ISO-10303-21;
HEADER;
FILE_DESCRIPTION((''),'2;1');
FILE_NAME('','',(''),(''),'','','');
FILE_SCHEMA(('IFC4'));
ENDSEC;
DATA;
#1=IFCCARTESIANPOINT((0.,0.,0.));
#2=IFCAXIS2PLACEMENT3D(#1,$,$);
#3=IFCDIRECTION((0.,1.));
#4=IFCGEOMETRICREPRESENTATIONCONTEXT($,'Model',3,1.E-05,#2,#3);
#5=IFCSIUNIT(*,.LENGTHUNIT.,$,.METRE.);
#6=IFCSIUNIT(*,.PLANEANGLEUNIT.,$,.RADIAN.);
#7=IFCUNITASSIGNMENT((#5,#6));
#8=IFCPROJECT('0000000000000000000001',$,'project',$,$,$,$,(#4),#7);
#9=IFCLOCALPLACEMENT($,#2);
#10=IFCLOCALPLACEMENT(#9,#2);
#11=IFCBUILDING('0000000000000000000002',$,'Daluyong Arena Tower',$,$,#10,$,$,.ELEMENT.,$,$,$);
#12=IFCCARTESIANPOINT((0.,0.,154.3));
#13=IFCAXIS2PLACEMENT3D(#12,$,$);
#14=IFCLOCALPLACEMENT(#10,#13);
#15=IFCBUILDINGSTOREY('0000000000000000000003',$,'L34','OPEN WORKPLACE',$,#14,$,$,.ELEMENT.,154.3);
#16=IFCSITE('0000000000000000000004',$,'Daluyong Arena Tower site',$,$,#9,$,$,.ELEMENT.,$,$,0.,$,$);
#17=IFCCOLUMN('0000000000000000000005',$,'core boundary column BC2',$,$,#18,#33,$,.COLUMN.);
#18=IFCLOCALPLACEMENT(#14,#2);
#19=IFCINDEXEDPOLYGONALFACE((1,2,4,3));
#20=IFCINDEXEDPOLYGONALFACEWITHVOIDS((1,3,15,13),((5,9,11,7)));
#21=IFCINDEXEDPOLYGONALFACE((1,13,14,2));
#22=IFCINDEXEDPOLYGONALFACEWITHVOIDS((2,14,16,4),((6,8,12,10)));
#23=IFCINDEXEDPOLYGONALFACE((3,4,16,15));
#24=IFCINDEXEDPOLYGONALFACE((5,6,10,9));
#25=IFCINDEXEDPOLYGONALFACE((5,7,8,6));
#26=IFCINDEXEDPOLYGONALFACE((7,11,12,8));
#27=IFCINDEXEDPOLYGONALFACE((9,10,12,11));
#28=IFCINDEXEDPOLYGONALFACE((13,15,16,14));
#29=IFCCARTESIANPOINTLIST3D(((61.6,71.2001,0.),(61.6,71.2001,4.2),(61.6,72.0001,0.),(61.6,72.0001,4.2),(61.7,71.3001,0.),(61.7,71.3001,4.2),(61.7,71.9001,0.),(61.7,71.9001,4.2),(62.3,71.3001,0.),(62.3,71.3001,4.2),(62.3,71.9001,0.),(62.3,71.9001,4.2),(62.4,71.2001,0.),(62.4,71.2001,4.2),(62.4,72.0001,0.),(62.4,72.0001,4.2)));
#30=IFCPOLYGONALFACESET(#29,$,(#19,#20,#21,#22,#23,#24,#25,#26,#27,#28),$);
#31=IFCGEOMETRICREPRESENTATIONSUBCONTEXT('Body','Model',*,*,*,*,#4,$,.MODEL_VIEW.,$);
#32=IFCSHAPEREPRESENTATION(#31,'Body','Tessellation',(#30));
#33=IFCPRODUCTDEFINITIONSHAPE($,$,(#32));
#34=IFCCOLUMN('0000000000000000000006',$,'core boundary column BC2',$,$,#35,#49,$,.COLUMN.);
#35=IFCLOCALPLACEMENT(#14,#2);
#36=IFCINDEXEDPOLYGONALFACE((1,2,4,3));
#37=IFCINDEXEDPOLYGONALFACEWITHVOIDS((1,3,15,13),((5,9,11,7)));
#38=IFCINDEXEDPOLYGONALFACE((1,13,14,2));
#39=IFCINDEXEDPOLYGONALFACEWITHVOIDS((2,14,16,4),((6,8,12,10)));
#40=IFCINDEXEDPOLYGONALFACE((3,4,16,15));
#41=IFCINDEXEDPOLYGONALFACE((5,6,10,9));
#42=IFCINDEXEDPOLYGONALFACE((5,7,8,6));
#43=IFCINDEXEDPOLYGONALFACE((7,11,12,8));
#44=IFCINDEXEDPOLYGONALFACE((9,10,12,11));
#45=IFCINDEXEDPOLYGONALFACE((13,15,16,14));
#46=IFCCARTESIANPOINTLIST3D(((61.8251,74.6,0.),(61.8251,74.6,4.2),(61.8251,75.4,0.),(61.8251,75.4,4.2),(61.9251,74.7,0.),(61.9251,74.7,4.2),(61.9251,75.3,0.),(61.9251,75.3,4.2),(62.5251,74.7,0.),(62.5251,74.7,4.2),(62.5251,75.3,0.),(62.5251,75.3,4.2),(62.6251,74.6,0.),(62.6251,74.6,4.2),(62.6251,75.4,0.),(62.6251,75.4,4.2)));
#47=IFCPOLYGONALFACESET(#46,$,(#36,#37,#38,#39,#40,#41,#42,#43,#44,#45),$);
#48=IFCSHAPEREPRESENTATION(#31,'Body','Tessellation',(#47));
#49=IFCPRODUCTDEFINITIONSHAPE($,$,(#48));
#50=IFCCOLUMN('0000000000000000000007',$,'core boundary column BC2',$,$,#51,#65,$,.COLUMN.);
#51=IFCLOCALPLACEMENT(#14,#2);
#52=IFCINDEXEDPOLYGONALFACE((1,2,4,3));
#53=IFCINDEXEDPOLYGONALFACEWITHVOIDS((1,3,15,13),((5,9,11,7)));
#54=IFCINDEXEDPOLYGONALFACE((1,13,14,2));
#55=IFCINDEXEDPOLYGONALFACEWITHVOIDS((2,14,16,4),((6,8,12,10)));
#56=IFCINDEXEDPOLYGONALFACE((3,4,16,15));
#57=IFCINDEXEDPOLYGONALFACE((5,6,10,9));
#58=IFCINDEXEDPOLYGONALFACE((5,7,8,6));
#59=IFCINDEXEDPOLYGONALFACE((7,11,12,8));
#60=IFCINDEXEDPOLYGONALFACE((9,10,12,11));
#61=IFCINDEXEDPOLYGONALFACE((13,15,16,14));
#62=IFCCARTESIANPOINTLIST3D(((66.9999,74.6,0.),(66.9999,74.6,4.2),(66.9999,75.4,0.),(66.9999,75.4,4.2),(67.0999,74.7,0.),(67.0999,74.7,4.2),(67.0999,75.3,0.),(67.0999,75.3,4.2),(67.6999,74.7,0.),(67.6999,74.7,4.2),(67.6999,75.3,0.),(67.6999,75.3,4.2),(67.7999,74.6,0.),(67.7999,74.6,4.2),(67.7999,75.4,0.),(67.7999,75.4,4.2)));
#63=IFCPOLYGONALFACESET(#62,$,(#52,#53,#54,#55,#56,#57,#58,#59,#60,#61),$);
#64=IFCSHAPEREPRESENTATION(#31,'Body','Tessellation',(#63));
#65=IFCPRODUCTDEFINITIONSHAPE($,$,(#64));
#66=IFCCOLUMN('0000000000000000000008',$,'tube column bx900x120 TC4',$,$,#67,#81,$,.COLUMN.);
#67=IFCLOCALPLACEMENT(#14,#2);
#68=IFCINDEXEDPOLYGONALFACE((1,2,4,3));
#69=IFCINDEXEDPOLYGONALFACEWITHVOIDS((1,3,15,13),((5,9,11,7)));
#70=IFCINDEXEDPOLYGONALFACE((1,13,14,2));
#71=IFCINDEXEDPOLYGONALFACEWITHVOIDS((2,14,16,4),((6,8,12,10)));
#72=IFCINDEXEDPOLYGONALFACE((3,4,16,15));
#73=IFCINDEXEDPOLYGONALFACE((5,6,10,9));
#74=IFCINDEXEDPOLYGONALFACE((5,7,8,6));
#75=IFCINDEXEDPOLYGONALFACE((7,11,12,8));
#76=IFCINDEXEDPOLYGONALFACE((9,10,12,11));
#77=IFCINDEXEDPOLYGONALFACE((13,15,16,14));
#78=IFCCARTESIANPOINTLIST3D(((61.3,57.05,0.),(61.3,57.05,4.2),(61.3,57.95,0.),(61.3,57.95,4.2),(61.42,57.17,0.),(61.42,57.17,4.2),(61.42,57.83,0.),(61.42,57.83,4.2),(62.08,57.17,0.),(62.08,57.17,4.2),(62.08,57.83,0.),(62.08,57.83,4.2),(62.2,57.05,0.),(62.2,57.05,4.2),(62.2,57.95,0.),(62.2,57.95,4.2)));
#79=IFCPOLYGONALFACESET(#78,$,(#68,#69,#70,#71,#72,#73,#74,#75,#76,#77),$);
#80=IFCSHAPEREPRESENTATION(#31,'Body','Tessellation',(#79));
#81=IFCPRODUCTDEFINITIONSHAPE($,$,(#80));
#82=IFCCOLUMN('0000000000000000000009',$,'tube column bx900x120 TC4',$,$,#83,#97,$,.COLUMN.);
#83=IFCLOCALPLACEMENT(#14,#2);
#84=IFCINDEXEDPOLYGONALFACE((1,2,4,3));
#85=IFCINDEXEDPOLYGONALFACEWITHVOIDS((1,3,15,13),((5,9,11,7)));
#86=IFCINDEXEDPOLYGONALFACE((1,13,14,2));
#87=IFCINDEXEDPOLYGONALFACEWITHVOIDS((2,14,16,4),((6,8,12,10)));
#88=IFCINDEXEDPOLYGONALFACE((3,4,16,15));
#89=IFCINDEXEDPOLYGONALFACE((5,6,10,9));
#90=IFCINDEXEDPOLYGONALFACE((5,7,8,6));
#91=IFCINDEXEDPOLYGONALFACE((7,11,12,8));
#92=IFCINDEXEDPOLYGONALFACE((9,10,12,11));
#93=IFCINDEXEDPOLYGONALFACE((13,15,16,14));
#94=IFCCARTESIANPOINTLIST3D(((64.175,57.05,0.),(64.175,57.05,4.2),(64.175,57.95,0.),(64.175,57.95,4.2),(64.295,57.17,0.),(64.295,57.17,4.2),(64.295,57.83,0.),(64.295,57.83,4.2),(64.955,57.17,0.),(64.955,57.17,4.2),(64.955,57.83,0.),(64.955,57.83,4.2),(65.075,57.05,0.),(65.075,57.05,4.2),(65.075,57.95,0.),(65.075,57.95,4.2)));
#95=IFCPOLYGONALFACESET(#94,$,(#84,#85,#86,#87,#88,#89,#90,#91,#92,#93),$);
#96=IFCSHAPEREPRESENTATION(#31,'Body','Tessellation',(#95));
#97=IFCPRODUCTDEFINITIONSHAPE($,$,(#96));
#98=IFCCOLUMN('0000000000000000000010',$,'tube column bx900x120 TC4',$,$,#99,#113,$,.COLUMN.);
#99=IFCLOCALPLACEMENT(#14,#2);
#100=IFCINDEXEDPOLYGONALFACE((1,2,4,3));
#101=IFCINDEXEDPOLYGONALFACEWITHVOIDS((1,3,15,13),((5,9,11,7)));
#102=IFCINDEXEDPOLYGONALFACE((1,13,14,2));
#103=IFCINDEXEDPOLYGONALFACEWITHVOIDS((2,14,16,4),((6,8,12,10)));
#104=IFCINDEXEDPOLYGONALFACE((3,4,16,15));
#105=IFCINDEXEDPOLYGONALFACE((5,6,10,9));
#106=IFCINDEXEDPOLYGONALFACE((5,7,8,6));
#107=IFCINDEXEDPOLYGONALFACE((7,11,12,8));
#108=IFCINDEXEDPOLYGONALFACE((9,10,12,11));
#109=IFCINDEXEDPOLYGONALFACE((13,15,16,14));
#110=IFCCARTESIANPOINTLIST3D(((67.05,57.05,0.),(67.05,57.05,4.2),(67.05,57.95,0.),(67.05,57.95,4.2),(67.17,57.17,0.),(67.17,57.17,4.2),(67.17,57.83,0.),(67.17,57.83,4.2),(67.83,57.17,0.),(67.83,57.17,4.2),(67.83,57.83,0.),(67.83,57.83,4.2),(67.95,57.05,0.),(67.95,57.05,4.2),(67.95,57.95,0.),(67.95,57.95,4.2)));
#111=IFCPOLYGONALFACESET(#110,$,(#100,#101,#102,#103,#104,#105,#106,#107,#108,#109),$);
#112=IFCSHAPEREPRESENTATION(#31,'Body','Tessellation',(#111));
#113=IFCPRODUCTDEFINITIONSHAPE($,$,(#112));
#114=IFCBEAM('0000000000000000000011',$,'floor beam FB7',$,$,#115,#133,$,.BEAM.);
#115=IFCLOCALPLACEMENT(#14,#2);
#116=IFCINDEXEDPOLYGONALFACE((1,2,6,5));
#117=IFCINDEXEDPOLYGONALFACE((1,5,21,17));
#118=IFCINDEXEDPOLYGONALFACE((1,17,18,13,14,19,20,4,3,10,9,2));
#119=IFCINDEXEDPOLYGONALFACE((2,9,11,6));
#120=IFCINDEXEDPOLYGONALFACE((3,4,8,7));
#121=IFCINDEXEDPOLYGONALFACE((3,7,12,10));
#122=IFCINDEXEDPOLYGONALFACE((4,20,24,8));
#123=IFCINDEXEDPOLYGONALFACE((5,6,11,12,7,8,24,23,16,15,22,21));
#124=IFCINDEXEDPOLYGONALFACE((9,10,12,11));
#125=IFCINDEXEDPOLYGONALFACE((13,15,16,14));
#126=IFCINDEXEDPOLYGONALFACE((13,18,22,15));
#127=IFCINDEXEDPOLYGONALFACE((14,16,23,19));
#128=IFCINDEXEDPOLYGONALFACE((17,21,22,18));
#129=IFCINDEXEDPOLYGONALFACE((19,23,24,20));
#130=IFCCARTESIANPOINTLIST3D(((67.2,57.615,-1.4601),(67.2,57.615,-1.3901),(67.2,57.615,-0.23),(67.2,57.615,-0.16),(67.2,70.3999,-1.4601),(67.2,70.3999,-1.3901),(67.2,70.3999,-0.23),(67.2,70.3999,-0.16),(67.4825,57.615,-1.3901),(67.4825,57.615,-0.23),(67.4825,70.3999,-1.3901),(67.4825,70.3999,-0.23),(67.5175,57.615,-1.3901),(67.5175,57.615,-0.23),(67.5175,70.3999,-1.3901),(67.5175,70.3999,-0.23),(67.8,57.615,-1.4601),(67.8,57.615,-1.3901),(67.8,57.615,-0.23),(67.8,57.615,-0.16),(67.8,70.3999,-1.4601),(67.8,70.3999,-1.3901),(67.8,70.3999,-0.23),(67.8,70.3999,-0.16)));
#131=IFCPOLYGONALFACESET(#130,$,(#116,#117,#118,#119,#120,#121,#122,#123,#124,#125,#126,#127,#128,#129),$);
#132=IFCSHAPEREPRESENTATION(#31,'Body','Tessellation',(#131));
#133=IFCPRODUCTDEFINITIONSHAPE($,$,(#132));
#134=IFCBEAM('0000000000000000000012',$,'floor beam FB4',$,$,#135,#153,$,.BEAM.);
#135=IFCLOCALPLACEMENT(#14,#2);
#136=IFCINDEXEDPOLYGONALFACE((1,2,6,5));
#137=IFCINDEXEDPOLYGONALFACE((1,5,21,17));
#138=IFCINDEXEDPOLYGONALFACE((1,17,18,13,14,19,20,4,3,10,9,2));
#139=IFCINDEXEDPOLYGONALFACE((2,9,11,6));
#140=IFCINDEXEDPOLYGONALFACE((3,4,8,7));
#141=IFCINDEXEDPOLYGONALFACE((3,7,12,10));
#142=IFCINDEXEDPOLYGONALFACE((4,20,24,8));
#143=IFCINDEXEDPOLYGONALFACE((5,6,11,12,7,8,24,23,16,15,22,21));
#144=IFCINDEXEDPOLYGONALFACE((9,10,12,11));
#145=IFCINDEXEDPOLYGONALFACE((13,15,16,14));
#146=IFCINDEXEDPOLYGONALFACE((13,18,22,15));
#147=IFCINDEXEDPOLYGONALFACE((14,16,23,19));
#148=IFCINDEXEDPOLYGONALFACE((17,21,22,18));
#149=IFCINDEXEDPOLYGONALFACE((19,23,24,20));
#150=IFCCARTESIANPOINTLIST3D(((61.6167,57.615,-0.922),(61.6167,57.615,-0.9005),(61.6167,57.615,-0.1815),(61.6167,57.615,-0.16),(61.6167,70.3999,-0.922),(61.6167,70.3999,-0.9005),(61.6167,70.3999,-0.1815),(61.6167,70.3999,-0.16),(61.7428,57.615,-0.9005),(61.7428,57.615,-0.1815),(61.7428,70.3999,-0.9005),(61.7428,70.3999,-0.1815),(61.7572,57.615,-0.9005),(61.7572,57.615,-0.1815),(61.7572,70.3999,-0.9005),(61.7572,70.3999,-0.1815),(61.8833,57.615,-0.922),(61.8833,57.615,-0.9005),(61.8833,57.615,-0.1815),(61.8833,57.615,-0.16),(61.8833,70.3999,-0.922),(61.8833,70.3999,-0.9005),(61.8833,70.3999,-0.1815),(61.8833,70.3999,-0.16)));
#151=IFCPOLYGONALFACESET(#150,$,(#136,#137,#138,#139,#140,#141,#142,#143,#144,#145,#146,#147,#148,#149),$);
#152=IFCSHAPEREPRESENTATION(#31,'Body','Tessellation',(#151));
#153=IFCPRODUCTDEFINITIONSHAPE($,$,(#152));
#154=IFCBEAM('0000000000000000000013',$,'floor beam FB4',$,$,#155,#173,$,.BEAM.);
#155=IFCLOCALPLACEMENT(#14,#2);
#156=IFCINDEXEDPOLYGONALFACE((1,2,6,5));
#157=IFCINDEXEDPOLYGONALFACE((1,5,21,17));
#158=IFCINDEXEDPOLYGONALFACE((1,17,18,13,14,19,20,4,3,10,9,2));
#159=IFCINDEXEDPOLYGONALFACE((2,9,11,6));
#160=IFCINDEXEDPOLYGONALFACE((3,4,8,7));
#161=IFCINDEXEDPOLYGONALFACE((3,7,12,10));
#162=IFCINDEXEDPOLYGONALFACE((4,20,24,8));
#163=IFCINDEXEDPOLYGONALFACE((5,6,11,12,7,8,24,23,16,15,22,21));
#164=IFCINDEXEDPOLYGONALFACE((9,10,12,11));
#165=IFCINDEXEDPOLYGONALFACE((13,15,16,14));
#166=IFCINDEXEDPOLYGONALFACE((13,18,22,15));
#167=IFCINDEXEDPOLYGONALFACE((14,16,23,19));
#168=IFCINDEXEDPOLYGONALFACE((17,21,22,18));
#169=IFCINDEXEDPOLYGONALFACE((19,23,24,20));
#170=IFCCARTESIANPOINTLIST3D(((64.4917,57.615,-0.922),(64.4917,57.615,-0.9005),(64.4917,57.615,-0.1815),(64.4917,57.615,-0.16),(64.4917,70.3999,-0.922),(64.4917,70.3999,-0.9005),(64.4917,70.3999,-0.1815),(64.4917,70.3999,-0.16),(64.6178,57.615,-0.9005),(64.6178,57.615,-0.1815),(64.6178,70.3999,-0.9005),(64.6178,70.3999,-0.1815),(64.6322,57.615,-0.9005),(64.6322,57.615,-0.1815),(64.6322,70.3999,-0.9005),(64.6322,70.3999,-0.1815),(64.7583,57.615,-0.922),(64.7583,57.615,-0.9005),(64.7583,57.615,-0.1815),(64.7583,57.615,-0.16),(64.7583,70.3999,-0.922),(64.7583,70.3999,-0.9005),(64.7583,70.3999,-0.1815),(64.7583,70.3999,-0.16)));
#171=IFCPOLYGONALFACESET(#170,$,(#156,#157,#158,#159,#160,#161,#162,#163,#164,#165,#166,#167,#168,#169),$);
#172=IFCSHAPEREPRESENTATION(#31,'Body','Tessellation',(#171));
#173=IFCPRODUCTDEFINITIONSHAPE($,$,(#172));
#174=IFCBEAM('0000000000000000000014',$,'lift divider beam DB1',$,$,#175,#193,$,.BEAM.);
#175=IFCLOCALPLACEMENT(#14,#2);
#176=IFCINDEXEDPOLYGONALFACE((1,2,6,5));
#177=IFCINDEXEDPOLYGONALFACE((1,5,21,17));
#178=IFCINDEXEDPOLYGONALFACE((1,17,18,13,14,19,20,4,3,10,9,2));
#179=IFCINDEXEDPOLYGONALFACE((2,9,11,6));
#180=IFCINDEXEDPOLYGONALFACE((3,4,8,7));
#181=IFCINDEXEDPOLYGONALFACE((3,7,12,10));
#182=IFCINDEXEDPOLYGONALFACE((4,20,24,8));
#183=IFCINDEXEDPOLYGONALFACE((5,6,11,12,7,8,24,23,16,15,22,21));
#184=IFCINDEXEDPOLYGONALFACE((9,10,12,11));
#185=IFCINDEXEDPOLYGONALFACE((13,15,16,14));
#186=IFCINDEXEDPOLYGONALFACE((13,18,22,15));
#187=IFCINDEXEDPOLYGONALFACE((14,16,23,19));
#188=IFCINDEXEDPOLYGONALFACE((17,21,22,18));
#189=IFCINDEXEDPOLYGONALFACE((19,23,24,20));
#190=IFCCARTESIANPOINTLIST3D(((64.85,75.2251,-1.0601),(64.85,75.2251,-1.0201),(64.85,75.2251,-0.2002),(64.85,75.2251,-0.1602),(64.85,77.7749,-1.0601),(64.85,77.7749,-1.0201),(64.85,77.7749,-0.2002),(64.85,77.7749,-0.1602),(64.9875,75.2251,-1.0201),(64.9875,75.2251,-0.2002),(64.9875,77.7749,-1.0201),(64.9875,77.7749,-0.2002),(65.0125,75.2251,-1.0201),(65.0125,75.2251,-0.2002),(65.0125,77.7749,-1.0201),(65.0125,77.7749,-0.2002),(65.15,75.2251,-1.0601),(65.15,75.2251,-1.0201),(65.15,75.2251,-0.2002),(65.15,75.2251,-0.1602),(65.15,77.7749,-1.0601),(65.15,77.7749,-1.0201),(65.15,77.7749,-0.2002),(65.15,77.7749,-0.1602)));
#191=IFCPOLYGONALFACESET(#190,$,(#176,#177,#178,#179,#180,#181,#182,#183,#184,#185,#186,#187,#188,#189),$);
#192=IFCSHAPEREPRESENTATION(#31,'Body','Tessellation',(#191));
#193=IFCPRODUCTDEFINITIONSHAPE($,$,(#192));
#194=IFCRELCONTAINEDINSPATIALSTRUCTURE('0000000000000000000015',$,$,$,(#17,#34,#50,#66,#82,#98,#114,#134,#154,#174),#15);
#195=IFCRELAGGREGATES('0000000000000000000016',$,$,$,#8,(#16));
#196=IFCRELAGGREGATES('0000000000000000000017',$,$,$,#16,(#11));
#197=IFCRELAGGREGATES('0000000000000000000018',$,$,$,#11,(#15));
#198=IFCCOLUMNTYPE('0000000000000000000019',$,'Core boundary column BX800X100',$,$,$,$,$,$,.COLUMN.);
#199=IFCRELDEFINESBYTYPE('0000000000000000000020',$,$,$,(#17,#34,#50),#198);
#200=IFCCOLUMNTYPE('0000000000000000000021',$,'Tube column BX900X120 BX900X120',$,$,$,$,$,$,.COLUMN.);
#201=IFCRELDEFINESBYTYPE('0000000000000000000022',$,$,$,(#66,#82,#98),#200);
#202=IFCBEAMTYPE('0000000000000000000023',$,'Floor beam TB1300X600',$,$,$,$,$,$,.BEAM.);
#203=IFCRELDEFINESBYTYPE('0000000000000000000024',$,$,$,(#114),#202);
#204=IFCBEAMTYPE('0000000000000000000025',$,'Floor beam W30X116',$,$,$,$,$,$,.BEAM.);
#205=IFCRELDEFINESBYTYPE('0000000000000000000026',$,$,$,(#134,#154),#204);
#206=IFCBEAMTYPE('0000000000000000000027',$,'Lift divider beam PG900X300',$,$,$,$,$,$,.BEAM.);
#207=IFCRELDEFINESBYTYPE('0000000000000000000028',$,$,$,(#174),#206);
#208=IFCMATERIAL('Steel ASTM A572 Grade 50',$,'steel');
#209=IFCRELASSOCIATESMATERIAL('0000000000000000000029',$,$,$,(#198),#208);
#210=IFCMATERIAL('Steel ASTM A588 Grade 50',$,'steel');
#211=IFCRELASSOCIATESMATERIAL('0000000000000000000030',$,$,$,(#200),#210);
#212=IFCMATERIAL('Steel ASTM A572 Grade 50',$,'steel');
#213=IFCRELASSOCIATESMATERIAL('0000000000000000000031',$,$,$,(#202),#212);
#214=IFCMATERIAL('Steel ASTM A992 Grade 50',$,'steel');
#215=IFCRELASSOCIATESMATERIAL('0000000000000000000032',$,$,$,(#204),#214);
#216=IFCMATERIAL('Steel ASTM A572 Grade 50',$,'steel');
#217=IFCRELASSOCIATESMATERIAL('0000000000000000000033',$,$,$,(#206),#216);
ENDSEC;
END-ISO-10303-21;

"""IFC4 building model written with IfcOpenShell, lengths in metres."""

from ifc_helpers import new_model, si_unit, direction, frame, origin, origin_2d, place, context, subcontext, project, spatial, hollow_rectangle, i_section, extrude, material, material_profile, profile_set, type_object, element, save


model = new_model("IFC4")

# Units and contexts
model_context = context("Model", 3, precision=1e-05, world=origin(), true_north=direction((0.0, 1.0)))
body_context = subcontext(model_context, "Body", "Model", "MODEL_VIEW")
ifc_project = project(units=[si_unit("LENGTHUNIT", "METRE"), si_unit("PLANEANGLEUNIT", "RADIAN")], contexts=[model_context])

# Site, building, storey
site_placement = place(None, origin())
site = spatial("IfcSite", under=ifc_project, at=site_placement, Name="Daluyong Arena Tower site", CompositionType="ELEMENT", RefElevation=0.0)
building_placement = place(site_placement, origin())
building = spatial("IfcBuilding", under=site, at=building_placement, Name="Daluyong Arena Tower", CompositionType="ELEMENT")
storey_placement = place(building_placement, frame((0.0, 0.0, 154.3)))
storey = spatial("IfcBuildingStorey", under=building, at=storey_placement, Name="L34", Description="OPEN WORKPLACE", CompositionType="ELEMENT", Elevation=154.3)

# Columns
ifc_material_1 = material(Name="Steel ASTM A572 Grade 50", Category="steel")
ifc_material_profile_1 = material_profile(ifc_material_1, hollow_rectangle(XDim=0.8, YDim=0.8, WallThickness=0.1, at=origin_2d()))
ifc_profile_set_1 = profile_set([ifc_material_profile_1], Name="Steel ASTM A572 Grade 50")
column_type_1 = type_object("IfcColumnType", Name="Core boundary column BX800X100", PredefinedType="COLUMN", material=ifc_profile_set_1)
for number, where, z_axis, x_axis, name in (
    (1, (62.0, 71.6001, 0.0), (0.0, 0.0, 1.0), (1.0, 0.0, 0.0), "core boundary column BC2"),
    (2, (62.2251, 75.0, 0.0), (0.0, 0.0, 1.0), (1.0, 0.0, 0.0), "core boundary column BC2"),
    (3, (67.3999, 75.0, 0.0), (0.0, 0.0, 1.0), (1.0, 0.0, 0.0), "core boundary column BC2"),
):
    element("IfcColumn", number, at=place(storey_placement, frame(where, z_axis=z_axis, x_axis=x_axis)), inside=storey, type_object=column_type_1, Name=name, PredefinedType="COLUMN", context=body_context, shape_type="SweptSolid", body=[
        extrude(hollow_rectangle(XDim=0.8, YDim=0.8, WallThickness=0.1, at=origin_2d()), origin(), (0.0, 0.0, 1.0), 4.2),
    ])
ifc_material_2 = material(Name="Steel ASTM A588 Grade 50", Category="steel")
ifc_material_profile_2 = material_profile(ifc_material_2, hollow_rectangle(XDim=0.8999, YDim=0.8999, WallThickness=0.12, at=origin_2d()))
ifc_profile_set_2 = profile_set([ifc_material_profile_2], Name="Steel ASTM A588 Grade 50")
column_type_2 = type_object("IfcColumnType", Name="Tube column BX900X120 BX900X120", PredefinedType="COLUMN", material=ifc_profile_set_2)
for number, where, z_axis, x_axis, name in (
    (4, (61.75, 57.5, 0.0), (0.0, 0.0, 1.0), (1.0, 0.0, 0.0), "tube column bx900x120 TC4"),
    (5, (64.625, 57.5, 0.0), (0.0, 0.0, 1.0), (1.0, 0.0, 0.0), "tube column bx900x120 TC4"),
    (6, (67.5, 57.5, 0.0), (0.0, 0.0, 1.0), (1.0, 0.0, 0.0), "tube column bx900x120 TC4"),
):
    element("IfcColumn", number, at=place(storey_placement, frame(where, z_axis=z_axis, x_axis=x_axis)), inside=storey, type_object=column_type_2, Name=name, PredefinedType="COLUMN", context=body_context, shape_type="SweptSolid", body=[
        extrude(hollow_rectangle(XDim=0.8999, YDim=0.8999, WallThickness=0.12, at=origin_2d()), origin(), (0.0, 0.0, 1.0), 4.2),
    ])

# Beams
ifc_material_3 = material(Name="Steel ASTM A572 Grade 50", Category="steel")
ifc_material_profile_3 = material_profile(ifc_material_3, i_section(OverallWidth=0.6001, OverallDepth=1.3, WebThickness=0.035, FlangeThickness=0.07, at=origin_2d()))
ifc_profile_set_3 = profile_set([ifc_material_profile_3], Name="Steel ASTM A572 Grade 50")
beam_type_1 = type_object("IfcBeamType", Name="Floor beam TB1300X600", PredefinedType="BEAM", material=ifc_profile_set_3)
beam_1_placement = place(storey_placement, frame((67.5, 57.615, -0.8101), z_axis=(0.0, 1.0, 0.0), x_axis=(-1.0, 0.0, 0.0)))
element("IfcBeam", 7, at=beam_1_placement, inside=storey, type_object=beam_type_1, Name="floor beam FB7", PredefinedType="BEAM", context=body_context, shape_type="SweptSolid", body=[
    extrude(i_section(OverallWidth=0.6001, OverallDepth=1.3, WebThickness=0.035, FlangeThickness=0.07, at=origin_2d()), origin(), (0.0, 0.0, 1.0), 12.7849),
])
ifc_material_4 = material(Name="Steel ASTM A992 Grade 50", Category="steel")
ifc_material_profile_4 = material_profile(ifc_material_4, i_section(OverallWidth=0.2666, OverallDepth=0.762, WebThickness=0.0144, FlangeThickness=0.0215, at=origin_2d()))
ifc_profile_set_4 = profile_set([ifc_material_profile_4], Name="Steel ASTM A992 Grade 50")
beam_type_2 = type_object("IfcBeamType", Name="Floor beam W30X116", PredefinedType="BEAM", material=ifc_profile_set_4)
for number, where, z_axis, x_axis, name in (
    (8, (61.75, 57.615, -0.541), (0.0, 1.0, 0.0), (-1.0, 0.0, 0.0), "floor beam FB4"),
    (9, (64.625, 57.615, -0.541), (0.0, 1.0, 0.0), (-1.0, 0.0, 0.0), "floor beam FB4"),
):
    element("IfcBeam", number, at=place(storey_placement, frame(where, z_axis=z_axis, x_axis=x_axis)), inside=storey, type_object=beam_type_2, Name=name, PredefinedType="BEAM", context=body_context, shape_type="SweptSolid", body=[
        extrude(i_section(OverallWidth=0.2666, OverallDepth=0.762, WebThickness=0.0144, FlangeThickness=0.0215, at=origin_2d()), origin(), (0.0, 0.0, 1.0), 12.7849),
    ])
ifc_material_5 = material(Name="Steel ASTM A572 Grade 50", Category="steel")
ifc_material_profile_5 = material_profile(ifc_material_5, i_section(OverallWidth=0.3, OverallDepth=0.8999, WebThickness=0.025, FlangeThickness=0.04, at=origin_2d()))
ifc_profile_set_5 = profile_set([ifc_material_profile_5], Name="Steel ASTM A572 Grade 50")
beam_type_3 = type_object("IfcBeamType", Name="Lift divider beam PG900X300", PredefinedType="BEAM", material=ifc_profile_set_5)
beam_2_placement = place(storey_placement, frame((65.0, 75.2251, -0.6101), z_axis=(0.0, 1.0, 0.0), x_axis=(-1.0, 0.0, 0.0)))
element("IfcBeam", 10, at=beam_2_placement, inside=storey, type_object=beam_type_3, Name="lift divider beam DB1", PredefinedType="BEAM", context=body_context, shape_type="SweptSolid", body=[
    extrude(i_section(OverallWidth=0.3, OverallDepth=0.8999, WebThickness=0.025, FlangeThickness=0.04, at=origin_2d()), origin(), (0.0, 0.0, 1.0), 2.5498),
])

save(model, "model.ifc")
